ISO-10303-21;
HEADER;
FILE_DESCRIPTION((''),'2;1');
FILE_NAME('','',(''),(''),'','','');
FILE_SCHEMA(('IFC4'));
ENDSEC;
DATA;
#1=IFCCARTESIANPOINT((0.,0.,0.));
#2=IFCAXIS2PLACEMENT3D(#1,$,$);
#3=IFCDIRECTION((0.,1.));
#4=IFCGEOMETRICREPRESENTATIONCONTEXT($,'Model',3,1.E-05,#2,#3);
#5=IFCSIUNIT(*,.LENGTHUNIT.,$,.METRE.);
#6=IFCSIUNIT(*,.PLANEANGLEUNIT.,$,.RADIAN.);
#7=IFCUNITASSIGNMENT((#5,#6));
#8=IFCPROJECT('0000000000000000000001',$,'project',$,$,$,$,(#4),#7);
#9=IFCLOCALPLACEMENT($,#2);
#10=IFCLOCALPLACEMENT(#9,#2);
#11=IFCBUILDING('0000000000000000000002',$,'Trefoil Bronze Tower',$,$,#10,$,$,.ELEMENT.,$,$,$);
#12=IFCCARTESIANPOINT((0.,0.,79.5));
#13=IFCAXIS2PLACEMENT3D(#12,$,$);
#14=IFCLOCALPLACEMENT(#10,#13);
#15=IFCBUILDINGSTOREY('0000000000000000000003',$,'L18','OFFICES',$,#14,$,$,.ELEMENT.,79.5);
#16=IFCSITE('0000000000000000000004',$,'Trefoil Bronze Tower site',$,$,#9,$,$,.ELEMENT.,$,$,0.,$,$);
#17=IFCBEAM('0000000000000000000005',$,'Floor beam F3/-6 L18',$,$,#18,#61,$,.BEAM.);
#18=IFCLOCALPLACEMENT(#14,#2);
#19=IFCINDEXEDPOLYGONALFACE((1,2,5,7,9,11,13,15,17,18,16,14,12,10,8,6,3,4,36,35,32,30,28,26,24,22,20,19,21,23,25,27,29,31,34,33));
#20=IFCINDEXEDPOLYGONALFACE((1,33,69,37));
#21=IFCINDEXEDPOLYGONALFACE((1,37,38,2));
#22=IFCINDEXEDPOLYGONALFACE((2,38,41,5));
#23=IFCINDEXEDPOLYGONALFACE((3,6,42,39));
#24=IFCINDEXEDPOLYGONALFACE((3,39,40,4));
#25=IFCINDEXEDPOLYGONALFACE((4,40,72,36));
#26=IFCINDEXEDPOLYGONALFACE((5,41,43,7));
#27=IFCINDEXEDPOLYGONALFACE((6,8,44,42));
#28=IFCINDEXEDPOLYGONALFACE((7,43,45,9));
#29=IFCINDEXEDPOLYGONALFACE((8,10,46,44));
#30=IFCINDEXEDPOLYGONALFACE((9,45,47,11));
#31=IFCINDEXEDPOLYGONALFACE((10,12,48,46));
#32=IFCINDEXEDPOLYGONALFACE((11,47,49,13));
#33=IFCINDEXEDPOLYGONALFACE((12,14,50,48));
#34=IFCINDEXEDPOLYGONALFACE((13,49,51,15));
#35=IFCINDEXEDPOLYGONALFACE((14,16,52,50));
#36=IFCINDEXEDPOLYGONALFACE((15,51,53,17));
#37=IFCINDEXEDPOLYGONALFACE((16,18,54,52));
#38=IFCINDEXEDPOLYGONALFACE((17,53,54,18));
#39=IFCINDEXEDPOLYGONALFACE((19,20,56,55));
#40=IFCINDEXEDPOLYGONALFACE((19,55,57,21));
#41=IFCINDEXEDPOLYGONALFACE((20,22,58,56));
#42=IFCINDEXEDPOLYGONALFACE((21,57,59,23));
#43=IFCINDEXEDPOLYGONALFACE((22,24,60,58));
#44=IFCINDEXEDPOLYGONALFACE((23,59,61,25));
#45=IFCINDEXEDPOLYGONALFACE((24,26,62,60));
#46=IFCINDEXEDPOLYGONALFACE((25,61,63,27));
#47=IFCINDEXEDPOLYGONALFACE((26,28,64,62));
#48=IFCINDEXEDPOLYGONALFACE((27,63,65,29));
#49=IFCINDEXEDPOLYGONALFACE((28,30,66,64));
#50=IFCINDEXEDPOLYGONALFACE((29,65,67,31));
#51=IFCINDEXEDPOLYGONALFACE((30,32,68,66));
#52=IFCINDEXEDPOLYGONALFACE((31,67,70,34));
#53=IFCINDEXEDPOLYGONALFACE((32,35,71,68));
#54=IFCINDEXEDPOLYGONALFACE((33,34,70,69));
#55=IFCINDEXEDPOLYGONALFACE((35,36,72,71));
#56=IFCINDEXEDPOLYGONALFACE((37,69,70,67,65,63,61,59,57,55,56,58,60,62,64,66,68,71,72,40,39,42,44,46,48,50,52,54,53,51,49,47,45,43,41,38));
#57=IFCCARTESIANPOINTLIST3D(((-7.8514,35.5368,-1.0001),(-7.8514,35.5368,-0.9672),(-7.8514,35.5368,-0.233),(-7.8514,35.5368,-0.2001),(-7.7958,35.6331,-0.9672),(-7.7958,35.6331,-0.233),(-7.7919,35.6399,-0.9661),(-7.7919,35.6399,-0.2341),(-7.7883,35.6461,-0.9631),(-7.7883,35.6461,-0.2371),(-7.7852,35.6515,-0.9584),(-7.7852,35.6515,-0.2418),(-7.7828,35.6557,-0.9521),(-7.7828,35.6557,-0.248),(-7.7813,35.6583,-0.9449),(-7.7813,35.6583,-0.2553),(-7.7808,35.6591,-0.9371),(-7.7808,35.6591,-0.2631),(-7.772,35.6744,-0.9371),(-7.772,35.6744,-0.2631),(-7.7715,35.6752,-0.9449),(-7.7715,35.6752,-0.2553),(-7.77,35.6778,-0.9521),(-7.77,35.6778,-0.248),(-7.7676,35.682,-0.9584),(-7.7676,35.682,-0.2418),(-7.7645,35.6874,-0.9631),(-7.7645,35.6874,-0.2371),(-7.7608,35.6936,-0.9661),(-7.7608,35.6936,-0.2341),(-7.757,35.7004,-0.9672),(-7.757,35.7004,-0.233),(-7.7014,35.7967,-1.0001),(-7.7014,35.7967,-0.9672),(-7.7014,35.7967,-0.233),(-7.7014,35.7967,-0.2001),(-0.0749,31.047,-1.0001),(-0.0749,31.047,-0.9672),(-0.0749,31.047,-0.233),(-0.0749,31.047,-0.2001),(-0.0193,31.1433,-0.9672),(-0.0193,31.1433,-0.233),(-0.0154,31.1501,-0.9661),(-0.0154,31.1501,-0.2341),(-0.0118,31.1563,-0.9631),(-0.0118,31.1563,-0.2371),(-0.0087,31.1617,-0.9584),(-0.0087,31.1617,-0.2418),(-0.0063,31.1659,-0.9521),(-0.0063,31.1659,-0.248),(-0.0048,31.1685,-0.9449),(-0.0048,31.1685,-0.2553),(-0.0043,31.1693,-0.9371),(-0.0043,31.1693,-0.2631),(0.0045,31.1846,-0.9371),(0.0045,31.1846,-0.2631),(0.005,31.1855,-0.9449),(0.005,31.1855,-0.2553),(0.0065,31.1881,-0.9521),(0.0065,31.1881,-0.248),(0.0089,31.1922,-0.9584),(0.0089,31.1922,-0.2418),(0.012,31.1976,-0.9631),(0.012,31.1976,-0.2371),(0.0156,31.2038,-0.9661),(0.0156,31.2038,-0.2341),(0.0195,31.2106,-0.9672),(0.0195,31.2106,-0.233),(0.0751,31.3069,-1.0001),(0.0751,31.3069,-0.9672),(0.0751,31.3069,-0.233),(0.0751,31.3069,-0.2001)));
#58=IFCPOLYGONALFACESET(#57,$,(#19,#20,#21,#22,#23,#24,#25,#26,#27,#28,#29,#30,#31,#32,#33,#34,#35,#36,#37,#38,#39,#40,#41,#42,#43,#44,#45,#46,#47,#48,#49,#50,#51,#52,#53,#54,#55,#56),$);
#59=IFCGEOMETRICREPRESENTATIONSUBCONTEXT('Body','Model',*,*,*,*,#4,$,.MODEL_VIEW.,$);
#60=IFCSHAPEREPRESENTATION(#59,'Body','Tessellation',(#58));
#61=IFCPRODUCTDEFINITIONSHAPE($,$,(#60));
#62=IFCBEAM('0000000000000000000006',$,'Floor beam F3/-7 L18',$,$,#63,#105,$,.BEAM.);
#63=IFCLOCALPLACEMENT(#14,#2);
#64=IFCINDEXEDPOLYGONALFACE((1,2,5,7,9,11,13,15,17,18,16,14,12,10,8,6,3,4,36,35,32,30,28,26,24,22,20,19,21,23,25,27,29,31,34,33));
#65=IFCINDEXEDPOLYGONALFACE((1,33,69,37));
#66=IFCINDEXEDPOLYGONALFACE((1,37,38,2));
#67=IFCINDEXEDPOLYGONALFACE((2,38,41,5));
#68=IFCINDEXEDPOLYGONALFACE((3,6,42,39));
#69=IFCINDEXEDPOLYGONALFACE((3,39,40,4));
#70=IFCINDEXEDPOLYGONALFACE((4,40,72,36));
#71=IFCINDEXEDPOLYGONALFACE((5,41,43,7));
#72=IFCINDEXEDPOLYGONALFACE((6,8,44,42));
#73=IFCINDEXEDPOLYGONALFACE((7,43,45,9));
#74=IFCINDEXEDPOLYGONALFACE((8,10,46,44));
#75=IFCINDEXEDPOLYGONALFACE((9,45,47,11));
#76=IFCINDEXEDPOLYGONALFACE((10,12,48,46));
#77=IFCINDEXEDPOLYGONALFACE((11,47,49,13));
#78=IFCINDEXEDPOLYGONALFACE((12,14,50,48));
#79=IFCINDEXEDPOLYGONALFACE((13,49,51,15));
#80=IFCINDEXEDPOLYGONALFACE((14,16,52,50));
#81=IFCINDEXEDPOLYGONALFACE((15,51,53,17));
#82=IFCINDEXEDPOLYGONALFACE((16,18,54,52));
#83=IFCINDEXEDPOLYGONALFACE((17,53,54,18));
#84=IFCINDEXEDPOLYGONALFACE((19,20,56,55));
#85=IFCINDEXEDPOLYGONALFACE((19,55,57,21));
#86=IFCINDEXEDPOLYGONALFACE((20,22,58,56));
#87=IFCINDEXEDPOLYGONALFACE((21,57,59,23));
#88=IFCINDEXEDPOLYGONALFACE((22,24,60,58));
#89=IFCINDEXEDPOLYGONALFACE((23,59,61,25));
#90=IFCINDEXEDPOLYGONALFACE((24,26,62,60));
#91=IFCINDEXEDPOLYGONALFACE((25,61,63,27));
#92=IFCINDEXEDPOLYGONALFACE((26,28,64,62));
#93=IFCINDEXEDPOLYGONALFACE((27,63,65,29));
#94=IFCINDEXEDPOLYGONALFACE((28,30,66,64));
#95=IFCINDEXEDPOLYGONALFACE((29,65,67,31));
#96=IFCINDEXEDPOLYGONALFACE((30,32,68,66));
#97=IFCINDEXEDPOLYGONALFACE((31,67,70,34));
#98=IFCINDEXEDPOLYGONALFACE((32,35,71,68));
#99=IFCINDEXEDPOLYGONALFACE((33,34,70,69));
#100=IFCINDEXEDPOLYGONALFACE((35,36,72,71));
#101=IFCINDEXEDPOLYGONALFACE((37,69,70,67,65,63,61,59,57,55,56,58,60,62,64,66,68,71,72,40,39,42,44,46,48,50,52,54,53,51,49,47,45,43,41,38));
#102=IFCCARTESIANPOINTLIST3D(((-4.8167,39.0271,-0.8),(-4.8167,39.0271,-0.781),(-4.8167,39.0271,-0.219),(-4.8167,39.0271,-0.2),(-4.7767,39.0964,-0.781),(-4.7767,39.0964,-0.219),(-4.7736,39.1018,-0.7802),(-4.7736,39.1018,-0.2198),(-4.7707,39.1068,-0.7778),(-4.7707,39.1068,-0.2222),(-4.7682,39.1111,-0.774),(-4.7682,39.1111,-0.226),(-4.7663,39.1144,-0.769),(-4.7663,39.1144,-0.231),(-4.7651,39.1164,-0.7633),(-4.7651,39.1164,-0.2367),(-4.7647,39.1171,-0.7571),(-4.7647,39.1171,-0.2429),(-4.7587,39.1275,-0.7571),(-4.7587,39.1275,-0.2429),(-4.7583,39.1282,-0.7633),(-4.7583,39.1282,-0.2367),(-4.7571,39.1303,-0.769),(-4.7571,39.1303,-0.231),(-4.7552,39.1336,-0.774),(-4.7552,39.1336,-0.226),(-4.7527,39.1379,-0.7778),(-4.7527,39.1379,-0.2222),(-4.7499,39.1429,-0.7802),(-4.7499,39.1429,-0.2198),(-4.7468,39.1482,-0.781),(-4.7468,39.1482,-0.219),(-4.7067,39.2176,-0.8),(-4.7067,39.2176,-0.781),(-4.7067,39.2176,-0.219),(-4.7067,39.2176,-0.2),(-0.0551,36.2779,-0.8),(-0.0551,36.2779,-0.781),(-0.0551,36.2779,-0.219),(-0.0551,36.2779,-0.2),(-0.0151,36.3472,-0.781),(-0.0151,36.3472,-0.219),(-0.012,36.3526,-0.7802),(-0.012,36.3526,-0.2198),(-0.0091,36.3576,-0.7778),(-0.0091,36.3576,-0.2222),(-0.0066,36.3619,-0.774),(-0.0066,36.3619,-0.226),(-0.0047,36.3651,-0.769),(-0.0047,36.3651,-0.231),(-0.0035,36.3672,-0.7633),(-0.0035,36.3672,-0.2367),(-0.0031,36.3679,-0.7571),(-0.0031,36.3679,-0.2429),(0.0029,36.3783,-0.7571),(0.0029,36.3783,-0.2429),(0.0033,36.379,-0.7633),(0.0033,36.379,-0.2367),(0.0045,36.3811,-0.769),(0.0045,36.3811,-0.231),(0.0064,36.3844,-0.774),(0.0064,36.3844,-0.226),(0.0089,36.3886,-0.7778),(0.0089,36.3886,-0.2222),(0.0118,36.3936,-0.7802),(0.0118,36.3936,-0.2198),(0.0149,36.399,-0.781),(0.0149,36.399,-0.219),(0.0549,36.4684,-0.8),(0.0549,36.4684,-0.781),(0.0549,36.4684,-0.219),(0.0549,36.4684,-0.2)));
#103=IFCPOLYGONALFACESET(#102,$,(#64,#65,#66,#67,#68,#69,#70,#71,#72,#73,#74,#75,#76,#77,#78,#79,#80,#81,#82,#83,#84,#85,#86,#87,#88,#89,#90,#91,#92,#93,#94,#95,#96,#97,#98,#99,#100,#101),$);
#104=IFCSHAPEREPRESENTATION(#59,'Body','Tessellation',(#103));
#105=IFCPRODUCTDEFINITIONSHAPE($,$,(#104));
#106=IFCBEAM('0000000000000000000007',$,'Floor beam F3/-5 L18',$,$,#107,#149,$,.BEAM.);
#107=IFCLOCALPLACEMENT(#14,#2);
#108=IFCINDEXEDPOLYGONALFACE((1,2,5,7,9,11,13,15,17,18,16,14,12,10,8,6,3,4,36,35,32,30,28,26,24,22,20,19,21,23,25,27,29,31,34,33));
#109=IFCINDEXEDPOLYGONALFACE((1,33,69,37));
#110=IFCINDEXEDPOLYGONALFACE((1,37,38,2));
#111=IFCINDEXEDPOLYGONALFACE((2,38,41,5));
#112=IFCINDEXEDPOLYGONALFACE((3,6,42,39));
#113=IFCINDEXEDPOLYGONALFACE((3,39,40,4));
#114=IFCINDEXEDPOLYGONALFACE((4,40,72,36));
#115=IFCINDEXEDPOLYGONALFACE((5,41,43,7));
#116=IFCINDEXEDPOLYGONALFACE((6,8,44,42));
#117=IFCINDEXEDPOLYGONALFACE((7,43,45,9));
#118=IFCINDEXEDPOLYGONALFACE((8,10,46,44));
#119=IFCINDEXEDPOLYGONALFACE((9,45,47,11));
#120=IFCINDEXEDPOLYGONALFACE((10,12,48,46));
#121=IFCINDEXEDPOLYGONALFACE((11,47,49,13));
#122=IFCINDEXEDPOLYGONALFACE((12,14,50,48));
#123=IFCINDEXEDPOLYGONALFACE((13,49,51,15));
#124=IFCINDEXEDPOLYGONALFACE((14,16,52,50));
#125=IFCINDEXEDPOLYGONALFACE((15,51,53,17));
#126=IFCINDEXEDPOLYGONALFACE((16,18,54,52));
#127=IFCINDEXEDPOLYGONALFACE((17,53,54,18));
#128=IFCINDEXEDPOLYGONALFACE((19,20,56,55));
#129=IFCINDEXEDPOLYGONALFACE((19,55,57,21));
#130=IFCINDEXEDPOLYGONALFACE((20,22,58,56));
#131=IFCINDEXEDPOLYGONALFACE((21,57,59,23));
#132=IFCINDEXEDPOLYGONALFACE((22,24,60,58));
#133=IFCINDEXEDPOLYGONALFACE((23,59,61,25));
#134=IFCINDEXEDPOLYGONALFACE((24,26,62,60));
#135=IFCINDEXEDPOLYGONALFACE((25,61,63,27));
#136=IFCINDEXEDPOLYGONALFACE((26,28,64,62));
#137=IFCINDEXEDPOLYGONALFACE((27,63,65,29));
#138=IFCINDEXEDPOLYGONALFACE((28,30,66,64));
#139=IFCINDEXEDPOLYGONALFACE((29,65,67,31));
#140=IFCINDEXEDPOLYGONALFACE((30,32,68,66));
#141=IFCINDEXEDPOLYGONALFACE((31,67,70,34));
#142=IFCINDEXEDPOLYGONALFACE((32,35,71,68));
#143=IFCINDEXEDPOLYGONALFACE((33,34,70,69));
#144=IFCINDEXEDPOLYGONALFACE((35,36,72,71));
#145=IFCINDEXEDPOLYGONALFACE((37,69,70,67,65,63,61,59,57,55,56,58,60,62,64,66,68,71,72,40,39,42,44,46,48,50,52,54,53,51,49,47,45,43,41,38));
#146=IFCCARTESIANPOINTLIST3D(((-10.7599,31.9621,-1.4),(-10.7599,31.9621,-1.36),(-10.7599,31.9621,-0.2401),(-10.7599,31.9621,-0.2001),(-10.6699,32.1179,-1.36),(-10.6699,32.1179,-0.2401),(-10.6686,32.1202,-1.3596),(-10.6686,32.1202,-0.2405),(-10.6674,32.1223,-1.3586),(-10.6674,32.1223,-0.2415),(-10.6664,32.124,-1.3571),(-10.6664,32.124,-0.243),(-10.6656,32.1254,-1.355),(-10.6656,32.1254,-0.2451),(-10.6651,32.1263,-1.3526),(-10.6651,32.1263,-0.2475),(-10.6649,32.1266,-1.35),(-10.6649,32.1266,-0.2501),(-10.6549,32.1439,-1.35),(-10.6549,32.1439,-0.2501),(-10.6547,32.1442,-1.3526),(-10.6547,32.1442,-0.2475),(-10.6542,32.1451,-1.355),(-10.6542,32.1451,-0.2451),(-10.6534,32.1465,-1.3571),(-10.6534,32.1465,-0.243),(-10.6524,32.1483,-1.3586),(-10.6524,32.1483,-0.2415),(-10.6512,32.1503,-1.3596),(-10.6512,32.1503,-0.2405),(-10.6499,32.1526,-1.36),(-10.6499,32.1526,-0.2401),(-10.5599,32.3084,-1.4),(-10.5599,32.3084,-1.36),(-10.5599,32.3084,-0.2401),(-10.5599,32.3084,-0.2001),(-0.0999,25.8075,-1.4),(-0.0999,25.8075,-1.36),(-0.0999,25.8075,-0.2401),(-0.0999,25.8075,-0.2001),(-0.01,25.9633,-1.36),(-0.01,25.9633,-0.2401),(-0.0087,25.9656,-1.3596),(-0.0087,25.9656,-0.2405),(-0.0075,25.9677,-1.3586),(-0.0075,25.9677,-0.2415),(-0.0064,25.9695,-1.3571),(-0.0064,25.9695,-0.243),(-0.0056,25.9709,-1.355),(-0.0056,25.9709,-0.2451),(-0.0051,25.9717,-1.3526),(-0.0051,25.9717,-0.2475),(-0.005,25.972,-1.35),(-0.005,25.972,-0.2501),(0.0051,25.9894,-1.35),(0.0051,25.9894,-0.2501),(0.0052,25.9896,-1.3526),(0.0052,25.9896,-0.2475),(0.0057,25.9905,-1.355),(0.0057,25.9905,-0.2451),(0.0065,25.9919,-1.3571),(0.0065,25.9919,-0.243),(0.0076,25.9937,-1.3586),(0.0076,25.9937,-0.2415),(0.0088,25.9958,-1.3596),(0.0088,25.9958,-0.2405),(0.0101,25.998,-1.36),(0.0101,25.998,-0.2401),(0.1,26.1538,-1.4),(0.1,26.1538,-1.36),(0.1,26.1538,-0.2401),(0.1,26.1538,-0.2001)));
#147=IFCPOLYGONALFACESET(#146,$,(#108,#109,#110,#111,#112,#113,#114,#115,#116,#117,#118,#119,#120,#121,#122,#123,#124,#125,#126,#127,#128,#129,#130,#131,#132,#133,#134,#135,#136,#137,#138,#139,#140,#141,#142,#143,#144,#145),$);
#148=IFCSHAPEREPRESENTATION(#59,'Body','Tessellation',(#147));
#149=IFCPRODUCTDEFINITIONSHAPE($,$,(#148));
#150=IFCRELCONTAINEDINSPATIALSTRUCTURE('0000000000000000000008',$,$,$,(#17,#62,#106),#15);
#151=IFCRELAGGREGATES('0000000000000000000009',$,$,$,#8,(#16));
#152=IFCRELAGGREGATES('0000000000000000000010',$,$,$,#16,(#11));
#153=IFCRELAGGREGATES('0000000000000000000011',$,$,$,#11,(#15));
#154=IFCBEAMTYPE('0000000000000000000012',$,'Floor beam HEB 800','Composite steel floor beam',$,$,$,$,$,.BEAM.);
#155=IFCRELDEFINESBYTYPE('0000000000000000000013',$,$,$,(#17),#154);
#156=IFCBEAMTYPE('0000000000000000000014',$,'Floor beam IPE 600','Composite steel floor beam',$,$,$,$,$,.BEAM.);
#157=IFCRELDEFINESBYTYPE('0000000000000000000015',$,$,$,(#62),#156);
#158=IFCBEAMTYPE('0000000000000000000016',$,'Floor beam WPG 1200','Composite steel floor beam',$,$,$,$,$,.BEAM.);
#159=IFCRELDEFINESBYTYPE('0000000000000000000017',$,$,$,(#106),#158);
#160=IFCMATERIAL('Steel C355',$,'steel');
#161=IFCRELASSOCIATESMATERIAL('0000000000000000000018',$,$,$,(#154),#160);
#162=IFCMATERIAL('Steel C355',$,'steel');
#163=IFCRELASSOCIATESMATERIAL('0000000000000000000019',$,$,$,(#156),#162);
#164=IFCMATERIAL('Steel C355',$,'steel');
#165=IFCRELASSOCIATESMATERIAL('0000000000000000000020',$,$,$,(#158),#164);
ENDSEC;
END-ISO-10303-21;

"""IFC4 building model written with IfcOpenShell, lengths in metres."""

from ifc_helpers import new_model, si_unit, direction, frame, origin, origin_2d, place, context, subcontext, project, spatial, i_section, extrude, material, material_profile, profile_set, type_object, element, save


model = new_model("IFC4")

# Units and contexts
model_context = context("Model", 3, precision=1e-05, world=origin(), true_north=direction((0.0, 1.0)))
body_context = subcontext(model_context, "Body", "Model", "MODEL_VIEW")
ifc_project = project(units=[si_unit("LENGTHUNIT", "METRE"), si_unit("PLANEANGLEUNIT", "RADIAN")], contexts=[model_context])

# Site, building, storey
site_placement = place(None, origin())
site = spatial("IfcSite", under=ifc_project, at=site_placement, Name="Trefoil Bronze Tower site", CompositionType="ELEMENT", RefElevation=0.0)
building_placement = place(site_placement, origin())
building = spatial("IfcBuilding", under=site, at=building_placement, Name="Trefoil Bronze Tower", CompositionType="ELEMENT")
storey_placement = place(building_placement, frame((0.0, 0.0, 79.5)))
storey = spatial("IfcBuildingStorey", under=building, at=storey_placement, Name="L18", Description="OFFICES", CompositionType="ELEMENT", Elevation=79.5)

# Beams
ifc_material_1 = material(Name="Steel C355", Category="steel")
ifc_material_profile_1 = material_profile(ifc_material_1, i_section(OverallWidth=0.3, OverallDepth=0.8, WebThickness=0.0176, FlangeThickness=0.033, FilletRadius=0.03, at=origin_2d()), Name="HEB 800")
ifc_profile_set_1 = profile_set([ifc_material_profile_1], Name="Steel C355")
beam_type_1 = type_object("IfcBeamType", Name="Floor beam HEB 800", Description="Composite steel floor beam", PredefinedType="BEAM", material=ifc_profile_set_1)
beam_1_placement = place(storey_placement, frame((-7.7764, 35.6667, -0.6001), z_axis=(0.866023, -0.500005, 0.0), x_axis=(0.500005, 0.866023, 0.0)))
element("IfcBeam", 1, at=beam_1_placement, inside=storey, type_object=beam_type_1, Name="Floor beam F3/-6 L18", PredefinedType="BEAM", context=body_context, shape_type="SweptSolid", body=[
    extrude(i_section(OverallWidth=0.3, OverallDepth=0.8, WebThickness=0.0176, FlangeThickness=0.033, FilletRadius=0.03, at=origin_2d()), origin(), (0.0, 0.0, 1.0), 8.9795),
])
ifc_material_2 = material(Name="Steel C355", Category="steel")
ifc_material_profile_2 = material_profile(ifc_material_2, i_section(OverallWidth=0.22, OverallDepth=0.6001, WebThickness=0.012, FlangeThickness=0.019, FilletRadius=0.0239, at=origin_2d()), Name="IPE 600")
ifc_profile_set_2 = profile_set([ifc_material_profile_2], Name="Steel C355")
beam_type_2 = type_object("IfcBeamType", Name="Floor beam IPE 600", Description="Composite steel floor beam", PredefinedType="BEAM", material=ifc_profile_set_2)
beam_2_placement = place(storey_placement, frame((-4.7617, 39.1223, -0.5), z_axis=(0.866018, -0.500012, 0.0), x_axis=(0.500012, 0.866018, 0.0)))
element("IfcBeam", 2, at=beam_2_placement, inside=storey, type_object=beam_type_2, Name="Floor beam F3/-7 L18", PredefinedType="BEAM", context=body_context, shape_type="SweptSolid", body=[
    extrude(i_section(OverallWidth=0.22, OverallDepth=0.6001, WebThickness=0.012, FlangeThickness=0.019, FilletRadius=0.0239, at=origin_2d()), origin(), (0.0, 0.0, 1.0), 5.4983),
])
ifc_material_3 = material(Name="Steel C355", Category="steel")
ifc_material_profile_3 = material_profile(ifc_material_3, i_section(OverallWidth=0.3999, OverallDepth=1.2, WebThickness=0.02, FlangeThickness=0.04, FilletRadius=0.01, at=origin_2d()), Name="WPG 1200")
ifc_profile_set_3 = profile_set([ifc_material_profile_3], Name="Steel C355")
beam_type_3 = type_object("IfcBeamType", Name="Floor beam WPG 1200", Description="Composite steel floor beam", PredefinedType="BEAM", material=ifc_profile_set_3)
beam_3_placement = place(storey_placement, frame((-10.6599, 32.1353, -0.8), z_axis=(0.866024, -0.500002, 0.0), x_axis=(0.500002, 0.866024, 0.0)))
element("IfcBeam", 3, at=beam_3_placement, inside=storey, type_object=beam_type_3, Name="Floor beam F3/-5 L18", PredefinedType="BEAM", context=body_context, shape_type="SweptSolid", body=[
    extrude(i_section(OverallWidth=0.3999, OverallDepth=1.2, WebThickness=0.02, FlangeThickness=0.04, FilletRadius=0.01, at=origin_2d()), origin(), (0.0, 0.0, 1.0), 12.3091),
])

save(model, "model.ifc")
